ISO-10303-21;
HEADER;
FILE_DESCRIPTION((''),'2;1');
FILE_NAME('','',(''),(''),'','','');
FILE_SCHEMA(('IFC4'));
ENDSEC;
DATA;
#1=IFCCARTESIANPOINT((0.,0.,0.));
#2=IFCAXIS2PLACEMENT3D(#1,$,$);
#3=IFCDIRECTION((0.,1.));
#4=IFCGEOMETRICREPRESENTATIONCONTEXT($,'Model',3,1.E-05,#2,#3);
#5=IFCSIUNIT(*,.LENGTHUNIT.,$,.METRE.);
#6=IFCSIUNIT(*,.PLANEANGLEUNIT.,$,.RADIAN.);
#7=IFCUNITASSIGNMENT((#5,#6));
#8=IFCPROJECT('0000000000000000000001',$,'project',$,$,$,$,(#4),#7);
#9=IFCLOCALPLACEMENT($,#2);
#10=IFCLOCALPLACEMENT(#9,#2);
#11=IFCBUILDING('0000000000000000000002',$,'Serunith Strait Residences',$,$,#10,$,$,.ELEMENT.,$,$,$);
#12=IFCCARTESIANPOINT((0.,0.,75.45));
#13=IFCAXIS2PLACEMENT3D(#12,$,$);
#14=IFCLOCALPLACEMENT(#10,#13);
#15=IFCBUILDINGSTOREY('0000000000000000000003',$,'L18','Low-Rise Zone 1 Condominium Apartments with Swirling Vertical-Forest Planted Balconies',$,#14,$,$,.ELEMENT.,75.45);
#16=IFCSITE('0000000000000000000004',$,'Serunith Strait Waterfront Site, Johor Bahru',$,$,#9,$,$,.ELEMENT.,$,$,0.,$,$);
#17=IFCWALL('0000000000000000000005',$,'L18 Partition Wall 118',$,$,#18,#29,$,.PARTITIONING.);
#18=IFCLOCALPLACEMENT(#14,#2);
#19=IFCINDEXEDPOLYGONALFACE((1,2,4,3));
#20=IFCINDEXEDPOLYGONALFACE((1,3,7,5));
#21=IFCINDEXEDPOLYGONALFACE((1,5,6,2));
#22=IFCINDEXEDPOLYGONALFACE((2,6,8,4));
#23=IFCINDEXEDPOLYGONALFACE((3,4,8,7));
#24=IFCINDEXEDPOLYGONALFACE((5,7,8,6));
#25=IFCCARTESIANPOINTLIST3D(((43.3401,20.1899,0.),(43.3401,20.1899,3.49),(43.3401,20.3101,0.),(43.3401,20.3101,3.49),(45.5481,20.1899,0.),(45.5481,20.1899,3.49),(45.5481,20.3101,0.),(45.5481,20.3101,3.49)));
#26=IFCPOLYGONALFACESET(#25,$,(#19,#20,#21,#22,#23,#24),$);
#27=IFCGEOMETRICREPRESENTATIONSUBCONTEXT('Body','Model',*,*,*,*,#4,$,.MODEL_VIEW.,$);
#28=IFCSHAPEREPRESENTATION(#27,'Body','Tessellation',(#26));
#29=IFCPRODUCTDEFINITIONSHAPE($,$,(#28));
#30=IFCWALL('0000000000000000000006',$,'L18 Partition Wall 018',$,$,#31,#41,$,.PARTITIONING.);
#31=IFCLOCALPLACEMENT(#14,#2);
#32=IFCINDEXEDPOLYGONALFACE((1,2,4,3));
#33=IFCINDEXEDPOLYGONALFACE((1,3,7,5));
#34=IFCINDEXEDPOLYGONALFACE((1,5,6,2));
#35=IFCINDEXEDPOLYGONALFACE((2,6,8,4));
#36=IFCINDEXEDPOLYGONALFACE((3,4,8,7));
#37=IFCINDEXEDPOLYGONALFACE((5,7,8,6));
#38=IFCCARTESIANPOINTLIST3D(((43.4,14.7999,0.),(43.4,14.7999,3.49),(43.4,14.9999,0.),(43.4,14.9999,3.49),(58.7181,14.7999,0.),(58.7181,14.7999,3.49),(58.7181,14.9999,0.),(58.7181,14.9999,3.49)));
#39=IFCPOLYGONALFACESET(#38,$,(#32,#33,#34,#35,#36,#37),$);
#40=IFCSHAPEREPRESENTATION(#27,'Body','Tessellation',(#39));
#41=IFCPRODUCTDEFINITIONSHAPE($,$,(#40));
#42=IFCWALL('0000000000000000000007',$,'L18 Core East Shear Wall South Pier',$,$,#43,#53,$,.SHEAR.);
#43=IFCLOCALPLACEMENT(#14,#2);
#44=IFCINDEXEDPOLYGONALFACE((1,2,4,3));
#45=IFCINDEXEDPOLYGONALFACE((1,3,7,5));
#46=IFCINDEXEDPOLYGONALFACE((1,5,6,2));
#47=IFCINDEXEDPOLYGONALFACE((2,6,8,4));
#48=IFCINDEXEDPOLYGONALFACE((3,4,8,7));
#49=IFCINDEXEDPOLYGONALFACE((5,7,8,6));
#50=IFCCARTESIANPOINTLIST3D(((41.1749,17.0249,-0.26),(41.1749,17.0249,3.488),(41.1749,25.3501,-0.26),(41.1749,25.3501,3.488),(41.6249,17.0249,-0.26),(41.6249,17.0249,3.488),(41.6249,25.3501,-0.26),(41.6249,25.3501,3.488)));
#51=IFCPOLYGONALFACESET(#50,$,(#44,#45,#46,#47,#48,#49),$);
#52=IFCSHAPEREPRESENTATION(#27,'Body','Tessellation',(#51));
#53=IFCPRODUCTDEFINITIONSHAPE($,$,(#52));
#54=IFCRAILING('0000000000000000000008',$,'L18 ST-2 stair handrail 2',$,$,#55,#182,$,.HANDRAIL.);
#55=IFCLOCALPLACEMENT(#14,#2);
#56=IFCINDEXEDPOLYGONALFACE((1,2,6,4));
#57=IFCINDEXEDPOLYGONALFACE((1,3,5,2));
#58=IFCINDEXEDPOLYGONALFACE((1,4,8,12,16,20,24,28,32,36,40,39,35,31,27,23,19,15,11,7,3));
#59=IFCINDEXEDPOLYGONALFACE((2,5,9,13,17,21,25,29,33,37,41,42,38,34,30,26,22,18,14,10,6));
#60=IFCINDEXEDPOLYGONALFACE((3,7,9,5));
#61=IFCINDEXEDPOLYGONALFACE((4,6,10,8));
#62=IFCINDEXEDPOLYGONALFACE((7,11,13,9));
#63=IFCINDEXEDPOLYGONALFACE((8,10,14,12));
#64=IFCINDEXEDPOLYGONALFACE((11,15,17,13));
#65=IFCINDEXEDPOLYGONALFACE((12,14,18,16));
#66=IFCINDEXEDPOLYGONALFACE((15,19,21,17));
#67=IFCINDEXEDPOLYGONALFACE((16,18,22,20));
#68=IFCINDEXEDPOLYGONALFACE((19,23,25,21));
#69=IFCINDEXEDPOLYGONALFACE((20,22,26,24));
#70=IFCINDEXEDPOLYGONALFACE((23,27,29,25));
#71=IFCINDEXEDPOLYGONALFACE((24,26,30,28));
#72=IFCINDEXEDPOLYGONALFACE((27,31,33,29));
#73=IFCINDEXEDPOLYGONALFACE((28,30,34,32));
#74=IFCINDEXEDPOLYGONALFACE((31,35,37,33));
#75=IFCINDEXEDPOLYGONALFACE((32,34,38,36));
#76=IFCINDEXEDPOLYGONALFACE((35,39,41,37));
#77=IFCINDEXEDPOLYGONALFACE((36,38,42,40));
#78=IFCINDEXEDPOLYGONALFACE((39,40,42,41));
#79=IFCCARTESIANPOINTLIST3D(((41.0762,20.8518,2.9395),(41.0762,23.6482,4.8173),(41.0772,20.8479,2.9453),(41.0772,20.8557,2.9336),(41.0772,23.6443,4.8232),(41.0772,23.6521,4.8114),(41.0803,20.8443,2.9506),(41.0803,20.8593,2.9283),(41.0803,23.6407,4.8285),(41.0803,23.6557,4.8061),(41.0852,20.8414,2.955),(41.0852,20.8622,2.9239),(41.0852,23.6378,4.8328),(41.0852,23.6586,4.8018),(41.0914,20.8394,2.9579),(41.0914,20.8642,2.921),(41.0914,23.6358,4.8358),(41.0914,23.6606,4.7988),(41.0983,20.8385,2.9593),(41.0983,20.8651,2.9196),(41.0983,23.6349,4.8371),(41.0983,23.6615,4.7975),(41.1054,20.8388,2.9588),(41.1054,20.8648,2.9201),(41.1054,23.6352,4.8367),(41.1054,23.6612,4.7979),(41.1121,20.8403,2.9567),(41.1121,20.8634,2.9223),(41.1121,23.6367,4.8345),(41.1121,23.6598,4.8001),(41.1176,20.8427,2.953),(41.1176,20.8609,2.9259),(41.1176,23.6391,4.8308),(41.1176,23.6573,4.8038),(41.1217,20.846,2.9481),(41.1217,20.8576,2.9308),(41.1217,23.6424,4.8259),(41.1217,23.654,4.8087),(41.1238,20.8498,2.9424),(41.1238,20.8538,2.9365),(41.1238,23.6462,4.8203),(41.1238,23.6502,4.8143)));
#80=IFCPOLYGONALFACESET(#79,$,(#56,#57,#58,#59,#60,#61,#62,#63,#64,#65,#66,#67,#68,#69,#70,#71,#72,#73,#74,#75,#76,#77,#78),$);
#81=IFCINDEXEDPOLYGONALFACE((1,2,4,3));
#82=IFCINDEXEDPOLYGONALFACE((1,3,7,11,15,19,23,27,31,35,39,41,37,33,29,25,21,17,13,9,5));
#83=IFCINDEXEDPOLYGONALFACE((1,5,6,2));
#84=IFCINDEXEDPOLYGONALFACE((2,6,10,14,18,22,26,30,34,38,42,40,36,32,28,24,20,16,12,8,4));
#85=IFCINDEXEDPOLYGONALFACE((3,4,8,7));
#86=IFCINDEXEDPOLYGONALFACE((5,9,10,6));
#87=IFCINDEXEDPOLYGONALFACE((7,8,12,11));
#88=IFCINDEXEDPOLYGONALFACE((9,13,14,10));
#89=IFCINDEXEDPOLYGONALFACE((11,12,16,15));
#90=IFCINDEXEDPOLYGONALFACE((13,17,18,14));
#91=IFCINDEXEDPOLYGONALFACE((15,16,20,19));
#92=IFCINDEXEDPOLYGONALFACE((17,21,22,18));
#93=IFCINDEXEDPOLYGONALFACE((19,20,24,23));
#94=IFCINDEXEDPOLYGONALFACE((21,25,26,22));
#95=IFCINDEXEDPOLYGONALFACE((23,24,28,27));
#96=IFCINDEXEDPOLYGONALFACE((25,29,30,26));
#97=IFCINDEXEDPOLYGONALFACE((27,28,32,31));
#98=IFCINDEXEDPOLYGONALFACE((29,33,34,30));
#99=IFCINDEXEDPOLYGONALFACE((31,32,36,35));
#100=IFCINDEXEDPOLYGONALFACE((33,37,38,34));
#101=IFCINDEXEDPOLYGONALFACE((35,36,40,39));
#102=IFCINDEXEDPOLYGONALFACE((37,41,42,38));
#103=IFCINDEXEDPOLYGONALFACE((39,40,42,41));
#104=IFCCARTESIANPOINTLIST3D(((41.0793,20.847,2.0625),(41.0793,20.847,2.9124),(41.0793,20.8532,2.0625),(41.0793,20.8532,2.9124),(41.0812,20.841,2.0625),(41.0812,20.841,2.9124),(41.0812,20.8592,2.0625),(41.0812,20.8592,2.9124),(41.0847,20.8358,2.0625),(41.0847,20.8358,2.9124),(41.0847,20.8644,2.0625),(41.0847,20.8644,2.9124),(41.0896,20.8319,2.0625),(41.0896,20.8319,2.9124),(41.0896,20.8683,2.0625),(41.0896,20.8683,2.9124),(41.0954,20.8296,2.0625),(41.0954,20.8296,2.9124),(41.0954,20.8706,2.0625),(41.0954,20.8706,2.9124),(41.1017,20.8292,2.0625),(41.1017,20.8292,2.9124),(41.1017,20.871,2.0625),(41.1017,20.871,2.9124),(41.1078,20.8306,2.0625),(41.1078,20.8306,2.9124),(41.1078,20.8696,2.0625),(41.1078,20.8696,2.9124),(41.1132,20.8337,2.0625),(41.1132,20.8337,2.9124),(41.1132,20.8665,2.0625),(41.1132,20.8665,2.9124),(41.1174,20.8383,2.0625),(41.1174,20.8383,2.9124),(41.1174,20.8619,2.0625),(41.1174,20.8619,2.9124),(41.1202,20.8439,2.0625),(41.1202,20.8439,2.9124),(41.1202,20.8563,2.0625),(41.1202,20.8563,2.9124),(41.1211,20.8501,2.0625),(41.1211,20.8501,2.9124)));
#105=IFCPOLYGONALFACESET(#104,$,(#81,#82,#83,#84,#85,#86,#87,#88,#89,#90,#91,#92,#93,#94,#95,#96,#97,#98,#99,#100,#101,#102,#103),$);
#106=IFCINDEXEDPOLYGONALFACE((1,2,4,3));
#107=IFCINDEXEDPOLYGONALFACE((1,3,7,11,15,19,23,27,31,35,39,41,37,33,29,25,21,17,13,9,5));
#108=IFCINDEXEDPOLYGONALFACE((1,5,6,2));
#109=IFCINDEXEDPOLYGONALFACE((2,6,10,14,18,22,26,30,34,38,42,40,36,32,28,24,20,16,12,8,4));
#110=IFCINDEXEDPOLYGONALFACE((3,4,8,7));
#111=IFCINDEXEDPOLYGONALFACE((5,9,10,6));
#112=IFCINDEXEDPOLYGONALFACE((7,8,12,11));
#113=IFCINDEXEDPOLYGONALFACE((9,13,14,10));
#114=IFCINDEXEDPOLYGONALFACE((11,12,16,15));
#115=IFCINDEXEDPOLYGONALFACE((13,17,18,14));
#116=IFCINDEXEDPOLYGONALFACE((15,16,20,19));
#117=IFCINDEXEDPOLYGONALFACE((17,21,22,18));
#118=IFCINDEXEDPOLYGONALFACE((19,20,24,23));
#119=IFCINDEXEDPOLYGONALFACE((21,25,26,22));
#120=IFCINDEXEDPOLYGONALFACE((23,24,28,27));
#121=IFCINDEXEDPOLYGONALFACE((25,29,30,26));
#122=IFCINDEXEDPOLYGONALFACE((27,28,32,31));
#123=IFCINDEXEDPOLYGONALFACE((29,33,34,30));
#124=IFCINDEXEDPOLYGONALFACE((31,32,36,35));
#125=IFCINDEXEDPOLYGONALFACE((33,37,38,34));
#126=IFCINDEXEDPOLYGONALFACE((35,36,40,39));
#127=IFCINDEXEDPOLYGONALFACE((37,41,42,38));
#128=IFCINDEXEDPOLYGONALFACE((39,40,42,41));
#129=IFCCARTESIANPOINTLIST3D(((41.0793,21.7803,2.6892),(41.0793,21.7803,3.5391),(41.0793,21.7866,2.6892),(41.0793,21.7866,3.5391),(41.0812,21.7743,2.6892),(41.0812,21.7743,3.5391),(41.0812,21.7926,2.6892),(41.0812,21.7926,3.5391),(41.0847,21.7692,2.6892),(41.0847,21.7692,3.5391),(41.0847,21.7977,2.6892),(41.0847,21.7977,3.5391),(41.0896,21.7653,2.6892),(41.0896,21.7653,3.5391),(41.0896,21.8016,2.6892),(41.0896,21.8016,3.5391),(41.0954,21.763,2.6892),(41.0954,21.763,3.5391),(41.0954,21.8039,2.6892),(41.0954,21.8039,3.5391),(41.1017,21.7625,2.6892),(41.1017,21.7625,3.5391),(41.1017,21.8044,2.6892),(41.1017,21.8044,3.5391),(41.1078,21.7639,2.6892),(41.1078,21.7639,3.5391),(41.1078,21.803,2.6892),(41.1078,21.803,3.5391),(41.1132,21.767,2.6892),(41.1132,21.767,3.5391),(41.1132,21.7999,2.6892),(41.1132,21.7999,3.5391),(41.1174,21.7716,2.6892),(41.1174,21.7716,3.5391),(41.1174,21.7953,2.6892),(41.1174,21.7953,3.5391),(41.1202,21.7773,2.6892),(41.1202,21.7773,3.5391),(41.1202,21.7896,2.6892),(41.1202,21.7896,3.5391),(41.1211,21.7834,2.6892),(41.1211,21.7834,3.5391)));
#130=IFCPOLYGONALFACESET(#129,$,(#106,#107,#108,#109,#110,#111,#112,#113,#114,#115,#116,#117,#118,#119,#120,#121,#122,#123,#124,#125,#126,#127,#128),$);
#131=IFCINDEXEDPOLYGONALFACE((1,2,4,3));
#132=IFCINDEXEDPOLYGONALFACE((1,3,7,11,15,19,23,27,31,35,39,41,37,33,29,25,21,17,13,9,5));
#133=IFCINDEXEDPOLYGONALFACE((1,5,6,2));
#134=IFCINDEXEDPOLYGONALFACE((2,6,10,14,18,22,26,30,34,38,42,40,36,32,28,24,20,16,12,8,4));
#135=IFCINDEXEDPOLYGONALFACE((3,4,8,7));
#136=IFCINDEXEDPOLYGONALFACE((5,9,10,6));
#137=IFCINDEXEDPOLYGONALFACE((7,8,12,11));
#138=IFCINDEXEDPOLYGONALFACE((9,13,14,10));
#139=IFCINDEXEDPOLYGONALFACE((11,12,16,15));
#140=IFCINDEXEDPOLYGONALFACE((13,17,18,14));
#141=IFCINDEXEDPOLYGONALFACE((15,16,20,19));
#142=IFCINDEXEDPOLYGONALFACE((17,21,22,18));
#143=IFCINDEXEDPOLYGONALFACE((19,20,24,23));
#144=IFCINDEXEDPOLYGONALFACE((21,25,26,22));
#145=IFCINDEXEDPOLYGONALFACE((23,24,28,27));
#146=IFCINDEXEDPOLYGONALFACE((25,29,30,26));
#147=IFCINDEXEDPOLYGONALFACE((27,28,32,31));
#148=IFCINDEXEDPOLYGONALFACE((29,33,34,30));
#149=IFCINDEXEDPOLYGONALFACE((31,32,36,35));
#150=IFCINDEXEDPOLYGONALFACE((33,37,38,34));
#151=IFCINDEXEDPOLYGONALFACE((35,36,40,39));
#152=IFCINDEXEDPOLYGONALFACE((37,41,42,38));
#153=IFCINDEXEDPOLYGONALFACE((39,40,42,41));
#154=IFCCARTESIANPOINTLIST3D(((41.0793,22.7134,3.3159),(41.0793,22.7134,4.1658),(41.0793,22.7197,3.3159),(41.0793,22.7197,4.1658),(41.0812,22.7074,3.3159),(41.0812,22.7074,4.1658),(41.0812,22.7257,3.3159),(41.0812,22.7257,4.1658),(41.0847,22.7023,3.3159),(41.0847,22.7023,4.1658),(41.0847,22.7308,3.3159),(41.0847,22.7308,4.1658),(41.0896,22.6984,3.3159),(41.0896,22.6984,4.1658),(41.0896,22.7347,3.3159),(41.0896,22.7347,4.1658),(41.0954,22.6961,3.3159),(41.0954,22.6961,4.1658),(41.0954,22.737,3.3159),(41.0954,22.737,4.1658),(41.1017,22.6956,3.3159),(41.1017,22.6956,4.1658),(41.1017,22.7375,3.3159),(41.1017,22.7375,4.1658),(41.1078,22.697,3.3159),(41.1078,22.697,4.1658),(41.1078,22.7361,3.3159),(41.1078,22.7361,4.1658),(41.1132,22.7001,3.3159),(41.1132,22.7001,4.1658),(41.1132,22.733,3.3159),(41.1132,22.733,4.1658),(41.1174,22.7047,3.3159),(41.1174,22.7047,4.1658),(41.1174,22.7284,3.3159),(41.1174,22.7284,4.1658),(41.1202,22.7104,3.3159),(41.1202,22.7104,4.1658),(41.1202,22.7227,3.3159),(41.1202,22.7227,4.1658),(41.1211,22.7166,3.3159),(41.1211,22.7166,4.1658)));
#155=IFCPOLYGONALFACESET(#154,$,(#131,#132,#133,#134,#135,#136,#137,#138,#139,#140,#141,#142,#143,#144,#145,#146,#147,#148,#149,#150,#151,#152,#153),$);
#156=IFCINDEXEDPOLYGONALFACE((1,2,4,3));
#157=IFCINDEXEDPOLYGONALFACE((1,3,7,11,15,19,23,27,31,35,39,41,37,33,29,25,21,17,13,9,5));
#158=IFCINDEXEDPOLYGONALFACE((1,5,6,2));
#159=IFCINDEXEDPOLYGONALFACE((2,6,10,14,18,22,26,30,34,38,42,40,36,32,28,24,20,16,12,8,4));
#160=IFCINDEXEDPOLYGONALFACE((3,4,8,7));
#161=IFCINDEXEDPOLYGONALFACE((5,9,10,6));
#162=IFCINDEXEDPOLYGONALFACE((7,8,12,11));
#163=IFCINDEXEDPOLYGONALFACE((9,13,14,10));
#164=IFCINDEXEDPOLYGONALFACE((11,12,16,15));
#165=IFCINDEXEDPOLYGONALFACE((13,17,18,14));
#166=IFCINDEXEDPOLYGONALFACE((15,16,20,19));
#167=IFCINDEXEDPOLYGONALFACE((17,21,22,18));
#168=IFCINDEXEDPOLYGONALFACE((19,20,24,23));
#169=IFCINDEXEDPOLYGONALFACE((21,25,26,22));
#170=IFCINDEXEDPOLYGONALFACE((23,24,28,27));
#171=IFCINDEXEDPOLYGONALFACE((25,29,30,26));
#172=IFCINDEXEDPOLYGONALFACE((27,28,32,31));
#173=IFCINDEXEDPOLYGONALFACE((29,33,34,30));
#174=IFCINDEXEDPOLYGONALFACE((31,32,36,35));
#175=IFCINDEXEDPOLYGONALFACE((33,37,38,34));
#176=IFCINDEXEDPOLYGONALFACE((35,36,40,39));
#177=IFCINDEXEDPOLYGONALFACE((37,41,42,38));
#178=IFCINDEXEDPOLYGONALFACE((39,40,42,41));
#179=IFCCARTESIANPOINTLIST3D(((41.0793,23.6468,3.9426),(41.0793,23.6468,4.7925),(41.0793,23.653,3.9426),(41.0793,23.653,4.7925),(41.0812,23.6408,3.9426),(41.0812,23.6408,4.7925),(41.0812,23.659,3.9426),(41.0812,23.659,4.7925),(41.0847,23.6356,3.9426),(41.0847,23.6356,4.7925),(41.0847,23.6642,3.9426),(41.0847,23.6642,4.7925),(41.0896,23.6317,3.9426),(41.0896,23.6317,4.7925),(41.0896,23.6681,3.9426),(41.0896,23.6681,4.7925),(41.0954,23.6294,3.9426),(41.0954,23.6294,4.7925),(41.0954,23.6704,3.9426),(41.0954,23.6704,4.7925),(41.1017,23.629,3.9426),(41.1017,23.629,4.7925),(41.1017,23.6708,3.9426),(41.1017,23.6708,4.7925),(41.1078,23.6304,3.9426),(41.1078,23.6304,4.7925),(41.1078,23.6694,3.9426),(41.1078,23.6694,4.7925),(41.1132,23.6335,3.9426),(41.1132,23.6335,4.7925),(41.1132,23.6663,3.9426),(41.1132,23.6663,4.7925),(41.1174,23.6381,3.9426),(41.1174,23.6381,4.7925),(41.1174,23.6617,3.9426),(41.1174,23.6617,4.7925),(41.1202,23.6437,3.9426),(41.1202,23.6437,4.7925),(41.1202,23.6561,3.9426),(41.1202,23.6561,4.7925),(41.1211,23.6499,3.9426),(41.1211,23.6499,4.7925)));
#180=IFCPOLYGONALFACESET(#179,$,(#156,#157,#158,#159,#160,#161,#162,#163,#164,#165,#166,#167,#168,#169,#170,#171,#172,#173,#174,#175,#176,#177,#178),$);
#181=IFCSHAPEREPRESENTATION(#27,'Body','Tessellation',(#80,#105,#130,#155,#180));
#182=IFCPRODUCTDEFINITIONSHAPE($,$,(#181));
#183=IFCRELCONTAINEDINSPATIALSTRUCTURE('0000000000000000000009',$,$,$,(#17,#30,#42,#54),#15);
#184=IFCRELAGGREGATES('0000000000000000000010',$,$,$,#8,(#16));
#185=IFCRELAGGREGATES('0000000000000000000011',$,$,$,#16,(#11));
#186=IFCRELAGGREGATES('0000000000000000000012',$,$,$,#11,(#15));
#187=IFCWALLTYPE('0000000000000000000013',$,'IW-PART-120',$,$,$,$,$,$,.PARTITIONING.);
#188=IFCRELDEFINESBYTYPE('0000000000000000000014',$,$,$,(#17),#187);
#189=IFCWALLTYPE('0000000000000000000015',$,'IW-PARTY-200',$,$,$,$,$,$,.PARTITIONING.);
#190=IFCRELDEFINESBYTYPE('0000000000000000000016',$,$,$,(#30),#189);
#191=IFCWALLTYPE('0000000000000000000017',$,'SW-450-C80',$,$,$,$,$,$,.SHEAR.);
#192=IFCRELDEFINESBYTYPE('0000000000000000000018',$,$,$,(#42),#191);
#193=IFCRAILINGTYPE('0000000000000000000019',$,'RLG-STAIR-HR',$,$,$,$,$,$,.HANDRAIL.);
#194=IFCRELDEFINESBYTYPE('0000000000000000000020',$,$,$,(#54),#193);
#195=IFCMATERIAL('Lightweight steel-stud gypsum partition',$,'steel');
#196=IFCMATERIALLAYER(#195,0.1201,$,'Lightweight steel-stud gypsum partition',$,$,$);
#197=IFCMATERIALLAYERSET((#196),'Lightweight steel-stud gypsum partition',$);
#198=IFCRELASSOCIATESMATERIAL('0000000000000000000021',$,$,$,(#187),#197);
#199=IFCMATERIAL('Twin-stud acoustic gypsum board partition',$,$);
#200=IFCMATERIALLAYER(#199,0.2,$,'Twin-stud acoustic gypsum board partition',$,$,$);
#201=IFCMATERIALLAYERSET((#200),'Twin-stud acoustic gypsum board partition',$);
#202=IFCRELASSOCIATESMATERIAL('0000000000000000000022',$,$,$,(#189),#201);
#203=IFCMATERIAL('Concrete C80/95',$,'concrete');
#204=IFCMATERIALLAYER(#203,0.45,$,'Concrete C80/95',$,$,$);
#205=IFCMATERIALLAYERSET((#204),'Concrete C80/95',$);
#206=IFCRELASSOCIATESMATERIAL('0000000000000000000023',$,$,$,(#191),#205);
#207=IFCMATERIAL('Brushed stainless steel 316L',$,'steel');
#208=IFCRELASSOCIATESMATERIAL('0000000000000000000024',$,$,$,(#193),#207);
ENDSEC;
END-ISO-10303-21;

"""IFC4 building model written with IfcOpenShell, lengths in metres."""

from ifc_helpers import new_model, si_unit, direction, frame, frame_2d, origin, origin_2d, place, context, subcontext, project, spatial, rectangle, circle, extrude, material, layer, layer_set, type_object, element, save


model = new_model("IFC4")

# Units and contexts
model_context = context("Model", 3, precision=1e-05, world=origin(), true_north=direction((0.0, 1.0)))
body_context = subcontext(model_context, "Body", "Model", "MODEL_VIEW")
ifc_project = project(units=[si_unit("LENGTHUNIT", "METRE"), si_unit("PLANEANGLEUNIT", "RADIAN")], contexts=[model_context])

# Site, building, storey
site_placement = place(None, origin())
site = spatial("IfcSite", under=ifc_project, at=site_placement, Name="Serunith Strait Waterfront Site, Johor Bahru", CompositionType="ELEMENT", RefElevation=0.0)
building_placement = place(site_placement, origin())
building = spatial("IfcBuilding", under=site, at=building_placement, Name="Serunith Strait Residences", CompositionType="ELEMENT")
storey_placement = place(building_placement, frame((0.0, 0.0, 75.45)))
storey = spatial("IfcBuildingStorey", under=building, at=storey_placement, Name="L18", Description="Low-Rise Zone 1 Condominium Apartments with Swirling Vertical-Forest Planted Balconies", CompositionType="ELEMENT", Elevation=75.45)

# Shared definitions
ifc_material_1 = material(Name="Lightweight steel-stud gypsum partition", Category="steel")
ifc_layer_1 = layer(ifc_material_1, 0.1201, Name="Lightweight steel-stud gypsum partition")
ifc_layer_set_1 = layer_set([ifc_layer_1], Name="Lightweight steel-stud gypsum partition")
wall_type_1 = type_object("IfcWallType", Name="IW-PART-120", PredefinedType="PARTITIONING", material=ifc_layer_set_1)

# Walls
wall_1_placement = place(storey_placement, frame((45.5481, 20.25, 0.0), z_axis=(0.0, 0.0, 1.0), x_axis=(-1.0, 0.0, 0.0)))
element("IfcWall", 1, at=wall_1_placement, inside=storey, type_object=wall_type_1, Name="L18 Partition Wall 118", PredefinedType="PARTITIONING", context=body_context, shape_type="SweptSolid", body=[
    extrude(rectangle(XDim=2.208, YDim=0.1201, at=frame_2d((1.104, 0.0))), origin(), (0.0, 0.0, 1.0), 3.49),
])
ifc_material_2 = material(Name="Twin-stud acoustic gypsum board partition")
ifc_layer_2 = layer(ifc_material_2, 0.2, Name="Twin-stud acoustic gypsum board partition")
ifc_layer_set_2 = layer_set([ifc_layer_2], Name="Twin-stud acoustic gypsum board partition")
wall_type_2 = type_object("IfcWallType", Name="IW-PARTY-200", PredefinedType="PARTITIONING", material=ifc_layer_set_2)
wall_2_placement = place(storey_placement, frame((43.3999, 14.8999, 0.0), z_axis=(0.0, 0.0, 1.0), x_axis=(1.0, 0.0, 0.0)))
element("IfcWall", 2, at=wall_2_placement, inside=storey, type_object=wall_type_2, Name="L18 Partition Wall 018", PredefinedType="PARTITIONING", context=body_context, shape_type="SweptSolid", body=[
    extrude(rectangle(XDim=15.3181, YDim=0.2, at=frame_2d((7.6592, 0.0))), origin(), (0.0, 0.0, 1.0), 3.49),
])
ifc_material_3 = material(Name="Concrete C80/95", Category="concrete")
ifc_layer_3 = layer(ifc_material_3, 0.45, Name="Concrete C80/95")
ifc_layer_set_3 = layer_set([ifc_layer_3], Name="Concrete C80/95")
wall_type_3 = type_object("IfcWallType", Name="SW-450-C80", PredefinedType="SHEAR", material=ifc_layer_set_3)
wall_3_placement = place(storey_placement, frame((41.3999, 17.0249, -0.26), z_axis=(0.0, 0.0, 1.0), x_axis=(0.0, 1.0, 0.0)))
element("IfcWall", 3, at=wall_3_placement, inside=storey, type_object=wall_type_3, Name="L18 Core East Shear Wall South Pier", PredefinedType="SHEAR", context=body_context, shape_type="SweptSolid", body=[
    extrude(rectangle(XDim=8.3252, YDim=0.45, at=frame_2d((4.1626, 0.0))), origin(), (0.0, 0.0, 1.0), 3.748),
])

# Railing
ifc_material_4 = material(Name="Brushed stainless steel 316L", Category="steel")
railing_type = type_object("IfcRailingType", Name="RLG-STAIR-HR", PredefinedType="HANDRAIL", material=ifc_material_4)
railing_placement = place(storey_placement, frame((41.1001, 20.8501, 2.0625)))
element("IfcRailing", 4, at=railing_placement, inside=storey, type_object=railing_type, Name="L18 ST-2 stair handrail 2", PredefinedType="HANDRAIL", context=body_context, shape_type="SweptSolid", body=[
    extrude(circle(Radius=0.0239, at=origin_2d()), frame((0.0, 0.0017, 0.877), z_axis=(0.0, 0.830186, 0.557487), x_axis=(-1.0, 0.0, 0.0)), (0.0, 0.0, 1.0), 3.3684),
    extrude(circle(Radius=0.021, at=origin_2d()), origin(), (0.0, 0.0, 1.0), 0.8499),
    extrude(circle(Radius=0.021, at=origin_2d()), frame((0.0, 0.9333, 0.6267)), (0.0, 0.0, 1.0), 0.8499),
    extrude(circle(Radius=0.021, at=origin_2d()), frame((0.0, 1.8665, 1.2534)), (0.0, 0.0, 1.0), 0.8499),
    extrude(circle(Radius=0.021, at=origin_2d()), frame((0.0, 2.7998, 1.8801)), (0.0, 0.0, 1.0), 0.8499),
])

save(model, "model.ifc")
